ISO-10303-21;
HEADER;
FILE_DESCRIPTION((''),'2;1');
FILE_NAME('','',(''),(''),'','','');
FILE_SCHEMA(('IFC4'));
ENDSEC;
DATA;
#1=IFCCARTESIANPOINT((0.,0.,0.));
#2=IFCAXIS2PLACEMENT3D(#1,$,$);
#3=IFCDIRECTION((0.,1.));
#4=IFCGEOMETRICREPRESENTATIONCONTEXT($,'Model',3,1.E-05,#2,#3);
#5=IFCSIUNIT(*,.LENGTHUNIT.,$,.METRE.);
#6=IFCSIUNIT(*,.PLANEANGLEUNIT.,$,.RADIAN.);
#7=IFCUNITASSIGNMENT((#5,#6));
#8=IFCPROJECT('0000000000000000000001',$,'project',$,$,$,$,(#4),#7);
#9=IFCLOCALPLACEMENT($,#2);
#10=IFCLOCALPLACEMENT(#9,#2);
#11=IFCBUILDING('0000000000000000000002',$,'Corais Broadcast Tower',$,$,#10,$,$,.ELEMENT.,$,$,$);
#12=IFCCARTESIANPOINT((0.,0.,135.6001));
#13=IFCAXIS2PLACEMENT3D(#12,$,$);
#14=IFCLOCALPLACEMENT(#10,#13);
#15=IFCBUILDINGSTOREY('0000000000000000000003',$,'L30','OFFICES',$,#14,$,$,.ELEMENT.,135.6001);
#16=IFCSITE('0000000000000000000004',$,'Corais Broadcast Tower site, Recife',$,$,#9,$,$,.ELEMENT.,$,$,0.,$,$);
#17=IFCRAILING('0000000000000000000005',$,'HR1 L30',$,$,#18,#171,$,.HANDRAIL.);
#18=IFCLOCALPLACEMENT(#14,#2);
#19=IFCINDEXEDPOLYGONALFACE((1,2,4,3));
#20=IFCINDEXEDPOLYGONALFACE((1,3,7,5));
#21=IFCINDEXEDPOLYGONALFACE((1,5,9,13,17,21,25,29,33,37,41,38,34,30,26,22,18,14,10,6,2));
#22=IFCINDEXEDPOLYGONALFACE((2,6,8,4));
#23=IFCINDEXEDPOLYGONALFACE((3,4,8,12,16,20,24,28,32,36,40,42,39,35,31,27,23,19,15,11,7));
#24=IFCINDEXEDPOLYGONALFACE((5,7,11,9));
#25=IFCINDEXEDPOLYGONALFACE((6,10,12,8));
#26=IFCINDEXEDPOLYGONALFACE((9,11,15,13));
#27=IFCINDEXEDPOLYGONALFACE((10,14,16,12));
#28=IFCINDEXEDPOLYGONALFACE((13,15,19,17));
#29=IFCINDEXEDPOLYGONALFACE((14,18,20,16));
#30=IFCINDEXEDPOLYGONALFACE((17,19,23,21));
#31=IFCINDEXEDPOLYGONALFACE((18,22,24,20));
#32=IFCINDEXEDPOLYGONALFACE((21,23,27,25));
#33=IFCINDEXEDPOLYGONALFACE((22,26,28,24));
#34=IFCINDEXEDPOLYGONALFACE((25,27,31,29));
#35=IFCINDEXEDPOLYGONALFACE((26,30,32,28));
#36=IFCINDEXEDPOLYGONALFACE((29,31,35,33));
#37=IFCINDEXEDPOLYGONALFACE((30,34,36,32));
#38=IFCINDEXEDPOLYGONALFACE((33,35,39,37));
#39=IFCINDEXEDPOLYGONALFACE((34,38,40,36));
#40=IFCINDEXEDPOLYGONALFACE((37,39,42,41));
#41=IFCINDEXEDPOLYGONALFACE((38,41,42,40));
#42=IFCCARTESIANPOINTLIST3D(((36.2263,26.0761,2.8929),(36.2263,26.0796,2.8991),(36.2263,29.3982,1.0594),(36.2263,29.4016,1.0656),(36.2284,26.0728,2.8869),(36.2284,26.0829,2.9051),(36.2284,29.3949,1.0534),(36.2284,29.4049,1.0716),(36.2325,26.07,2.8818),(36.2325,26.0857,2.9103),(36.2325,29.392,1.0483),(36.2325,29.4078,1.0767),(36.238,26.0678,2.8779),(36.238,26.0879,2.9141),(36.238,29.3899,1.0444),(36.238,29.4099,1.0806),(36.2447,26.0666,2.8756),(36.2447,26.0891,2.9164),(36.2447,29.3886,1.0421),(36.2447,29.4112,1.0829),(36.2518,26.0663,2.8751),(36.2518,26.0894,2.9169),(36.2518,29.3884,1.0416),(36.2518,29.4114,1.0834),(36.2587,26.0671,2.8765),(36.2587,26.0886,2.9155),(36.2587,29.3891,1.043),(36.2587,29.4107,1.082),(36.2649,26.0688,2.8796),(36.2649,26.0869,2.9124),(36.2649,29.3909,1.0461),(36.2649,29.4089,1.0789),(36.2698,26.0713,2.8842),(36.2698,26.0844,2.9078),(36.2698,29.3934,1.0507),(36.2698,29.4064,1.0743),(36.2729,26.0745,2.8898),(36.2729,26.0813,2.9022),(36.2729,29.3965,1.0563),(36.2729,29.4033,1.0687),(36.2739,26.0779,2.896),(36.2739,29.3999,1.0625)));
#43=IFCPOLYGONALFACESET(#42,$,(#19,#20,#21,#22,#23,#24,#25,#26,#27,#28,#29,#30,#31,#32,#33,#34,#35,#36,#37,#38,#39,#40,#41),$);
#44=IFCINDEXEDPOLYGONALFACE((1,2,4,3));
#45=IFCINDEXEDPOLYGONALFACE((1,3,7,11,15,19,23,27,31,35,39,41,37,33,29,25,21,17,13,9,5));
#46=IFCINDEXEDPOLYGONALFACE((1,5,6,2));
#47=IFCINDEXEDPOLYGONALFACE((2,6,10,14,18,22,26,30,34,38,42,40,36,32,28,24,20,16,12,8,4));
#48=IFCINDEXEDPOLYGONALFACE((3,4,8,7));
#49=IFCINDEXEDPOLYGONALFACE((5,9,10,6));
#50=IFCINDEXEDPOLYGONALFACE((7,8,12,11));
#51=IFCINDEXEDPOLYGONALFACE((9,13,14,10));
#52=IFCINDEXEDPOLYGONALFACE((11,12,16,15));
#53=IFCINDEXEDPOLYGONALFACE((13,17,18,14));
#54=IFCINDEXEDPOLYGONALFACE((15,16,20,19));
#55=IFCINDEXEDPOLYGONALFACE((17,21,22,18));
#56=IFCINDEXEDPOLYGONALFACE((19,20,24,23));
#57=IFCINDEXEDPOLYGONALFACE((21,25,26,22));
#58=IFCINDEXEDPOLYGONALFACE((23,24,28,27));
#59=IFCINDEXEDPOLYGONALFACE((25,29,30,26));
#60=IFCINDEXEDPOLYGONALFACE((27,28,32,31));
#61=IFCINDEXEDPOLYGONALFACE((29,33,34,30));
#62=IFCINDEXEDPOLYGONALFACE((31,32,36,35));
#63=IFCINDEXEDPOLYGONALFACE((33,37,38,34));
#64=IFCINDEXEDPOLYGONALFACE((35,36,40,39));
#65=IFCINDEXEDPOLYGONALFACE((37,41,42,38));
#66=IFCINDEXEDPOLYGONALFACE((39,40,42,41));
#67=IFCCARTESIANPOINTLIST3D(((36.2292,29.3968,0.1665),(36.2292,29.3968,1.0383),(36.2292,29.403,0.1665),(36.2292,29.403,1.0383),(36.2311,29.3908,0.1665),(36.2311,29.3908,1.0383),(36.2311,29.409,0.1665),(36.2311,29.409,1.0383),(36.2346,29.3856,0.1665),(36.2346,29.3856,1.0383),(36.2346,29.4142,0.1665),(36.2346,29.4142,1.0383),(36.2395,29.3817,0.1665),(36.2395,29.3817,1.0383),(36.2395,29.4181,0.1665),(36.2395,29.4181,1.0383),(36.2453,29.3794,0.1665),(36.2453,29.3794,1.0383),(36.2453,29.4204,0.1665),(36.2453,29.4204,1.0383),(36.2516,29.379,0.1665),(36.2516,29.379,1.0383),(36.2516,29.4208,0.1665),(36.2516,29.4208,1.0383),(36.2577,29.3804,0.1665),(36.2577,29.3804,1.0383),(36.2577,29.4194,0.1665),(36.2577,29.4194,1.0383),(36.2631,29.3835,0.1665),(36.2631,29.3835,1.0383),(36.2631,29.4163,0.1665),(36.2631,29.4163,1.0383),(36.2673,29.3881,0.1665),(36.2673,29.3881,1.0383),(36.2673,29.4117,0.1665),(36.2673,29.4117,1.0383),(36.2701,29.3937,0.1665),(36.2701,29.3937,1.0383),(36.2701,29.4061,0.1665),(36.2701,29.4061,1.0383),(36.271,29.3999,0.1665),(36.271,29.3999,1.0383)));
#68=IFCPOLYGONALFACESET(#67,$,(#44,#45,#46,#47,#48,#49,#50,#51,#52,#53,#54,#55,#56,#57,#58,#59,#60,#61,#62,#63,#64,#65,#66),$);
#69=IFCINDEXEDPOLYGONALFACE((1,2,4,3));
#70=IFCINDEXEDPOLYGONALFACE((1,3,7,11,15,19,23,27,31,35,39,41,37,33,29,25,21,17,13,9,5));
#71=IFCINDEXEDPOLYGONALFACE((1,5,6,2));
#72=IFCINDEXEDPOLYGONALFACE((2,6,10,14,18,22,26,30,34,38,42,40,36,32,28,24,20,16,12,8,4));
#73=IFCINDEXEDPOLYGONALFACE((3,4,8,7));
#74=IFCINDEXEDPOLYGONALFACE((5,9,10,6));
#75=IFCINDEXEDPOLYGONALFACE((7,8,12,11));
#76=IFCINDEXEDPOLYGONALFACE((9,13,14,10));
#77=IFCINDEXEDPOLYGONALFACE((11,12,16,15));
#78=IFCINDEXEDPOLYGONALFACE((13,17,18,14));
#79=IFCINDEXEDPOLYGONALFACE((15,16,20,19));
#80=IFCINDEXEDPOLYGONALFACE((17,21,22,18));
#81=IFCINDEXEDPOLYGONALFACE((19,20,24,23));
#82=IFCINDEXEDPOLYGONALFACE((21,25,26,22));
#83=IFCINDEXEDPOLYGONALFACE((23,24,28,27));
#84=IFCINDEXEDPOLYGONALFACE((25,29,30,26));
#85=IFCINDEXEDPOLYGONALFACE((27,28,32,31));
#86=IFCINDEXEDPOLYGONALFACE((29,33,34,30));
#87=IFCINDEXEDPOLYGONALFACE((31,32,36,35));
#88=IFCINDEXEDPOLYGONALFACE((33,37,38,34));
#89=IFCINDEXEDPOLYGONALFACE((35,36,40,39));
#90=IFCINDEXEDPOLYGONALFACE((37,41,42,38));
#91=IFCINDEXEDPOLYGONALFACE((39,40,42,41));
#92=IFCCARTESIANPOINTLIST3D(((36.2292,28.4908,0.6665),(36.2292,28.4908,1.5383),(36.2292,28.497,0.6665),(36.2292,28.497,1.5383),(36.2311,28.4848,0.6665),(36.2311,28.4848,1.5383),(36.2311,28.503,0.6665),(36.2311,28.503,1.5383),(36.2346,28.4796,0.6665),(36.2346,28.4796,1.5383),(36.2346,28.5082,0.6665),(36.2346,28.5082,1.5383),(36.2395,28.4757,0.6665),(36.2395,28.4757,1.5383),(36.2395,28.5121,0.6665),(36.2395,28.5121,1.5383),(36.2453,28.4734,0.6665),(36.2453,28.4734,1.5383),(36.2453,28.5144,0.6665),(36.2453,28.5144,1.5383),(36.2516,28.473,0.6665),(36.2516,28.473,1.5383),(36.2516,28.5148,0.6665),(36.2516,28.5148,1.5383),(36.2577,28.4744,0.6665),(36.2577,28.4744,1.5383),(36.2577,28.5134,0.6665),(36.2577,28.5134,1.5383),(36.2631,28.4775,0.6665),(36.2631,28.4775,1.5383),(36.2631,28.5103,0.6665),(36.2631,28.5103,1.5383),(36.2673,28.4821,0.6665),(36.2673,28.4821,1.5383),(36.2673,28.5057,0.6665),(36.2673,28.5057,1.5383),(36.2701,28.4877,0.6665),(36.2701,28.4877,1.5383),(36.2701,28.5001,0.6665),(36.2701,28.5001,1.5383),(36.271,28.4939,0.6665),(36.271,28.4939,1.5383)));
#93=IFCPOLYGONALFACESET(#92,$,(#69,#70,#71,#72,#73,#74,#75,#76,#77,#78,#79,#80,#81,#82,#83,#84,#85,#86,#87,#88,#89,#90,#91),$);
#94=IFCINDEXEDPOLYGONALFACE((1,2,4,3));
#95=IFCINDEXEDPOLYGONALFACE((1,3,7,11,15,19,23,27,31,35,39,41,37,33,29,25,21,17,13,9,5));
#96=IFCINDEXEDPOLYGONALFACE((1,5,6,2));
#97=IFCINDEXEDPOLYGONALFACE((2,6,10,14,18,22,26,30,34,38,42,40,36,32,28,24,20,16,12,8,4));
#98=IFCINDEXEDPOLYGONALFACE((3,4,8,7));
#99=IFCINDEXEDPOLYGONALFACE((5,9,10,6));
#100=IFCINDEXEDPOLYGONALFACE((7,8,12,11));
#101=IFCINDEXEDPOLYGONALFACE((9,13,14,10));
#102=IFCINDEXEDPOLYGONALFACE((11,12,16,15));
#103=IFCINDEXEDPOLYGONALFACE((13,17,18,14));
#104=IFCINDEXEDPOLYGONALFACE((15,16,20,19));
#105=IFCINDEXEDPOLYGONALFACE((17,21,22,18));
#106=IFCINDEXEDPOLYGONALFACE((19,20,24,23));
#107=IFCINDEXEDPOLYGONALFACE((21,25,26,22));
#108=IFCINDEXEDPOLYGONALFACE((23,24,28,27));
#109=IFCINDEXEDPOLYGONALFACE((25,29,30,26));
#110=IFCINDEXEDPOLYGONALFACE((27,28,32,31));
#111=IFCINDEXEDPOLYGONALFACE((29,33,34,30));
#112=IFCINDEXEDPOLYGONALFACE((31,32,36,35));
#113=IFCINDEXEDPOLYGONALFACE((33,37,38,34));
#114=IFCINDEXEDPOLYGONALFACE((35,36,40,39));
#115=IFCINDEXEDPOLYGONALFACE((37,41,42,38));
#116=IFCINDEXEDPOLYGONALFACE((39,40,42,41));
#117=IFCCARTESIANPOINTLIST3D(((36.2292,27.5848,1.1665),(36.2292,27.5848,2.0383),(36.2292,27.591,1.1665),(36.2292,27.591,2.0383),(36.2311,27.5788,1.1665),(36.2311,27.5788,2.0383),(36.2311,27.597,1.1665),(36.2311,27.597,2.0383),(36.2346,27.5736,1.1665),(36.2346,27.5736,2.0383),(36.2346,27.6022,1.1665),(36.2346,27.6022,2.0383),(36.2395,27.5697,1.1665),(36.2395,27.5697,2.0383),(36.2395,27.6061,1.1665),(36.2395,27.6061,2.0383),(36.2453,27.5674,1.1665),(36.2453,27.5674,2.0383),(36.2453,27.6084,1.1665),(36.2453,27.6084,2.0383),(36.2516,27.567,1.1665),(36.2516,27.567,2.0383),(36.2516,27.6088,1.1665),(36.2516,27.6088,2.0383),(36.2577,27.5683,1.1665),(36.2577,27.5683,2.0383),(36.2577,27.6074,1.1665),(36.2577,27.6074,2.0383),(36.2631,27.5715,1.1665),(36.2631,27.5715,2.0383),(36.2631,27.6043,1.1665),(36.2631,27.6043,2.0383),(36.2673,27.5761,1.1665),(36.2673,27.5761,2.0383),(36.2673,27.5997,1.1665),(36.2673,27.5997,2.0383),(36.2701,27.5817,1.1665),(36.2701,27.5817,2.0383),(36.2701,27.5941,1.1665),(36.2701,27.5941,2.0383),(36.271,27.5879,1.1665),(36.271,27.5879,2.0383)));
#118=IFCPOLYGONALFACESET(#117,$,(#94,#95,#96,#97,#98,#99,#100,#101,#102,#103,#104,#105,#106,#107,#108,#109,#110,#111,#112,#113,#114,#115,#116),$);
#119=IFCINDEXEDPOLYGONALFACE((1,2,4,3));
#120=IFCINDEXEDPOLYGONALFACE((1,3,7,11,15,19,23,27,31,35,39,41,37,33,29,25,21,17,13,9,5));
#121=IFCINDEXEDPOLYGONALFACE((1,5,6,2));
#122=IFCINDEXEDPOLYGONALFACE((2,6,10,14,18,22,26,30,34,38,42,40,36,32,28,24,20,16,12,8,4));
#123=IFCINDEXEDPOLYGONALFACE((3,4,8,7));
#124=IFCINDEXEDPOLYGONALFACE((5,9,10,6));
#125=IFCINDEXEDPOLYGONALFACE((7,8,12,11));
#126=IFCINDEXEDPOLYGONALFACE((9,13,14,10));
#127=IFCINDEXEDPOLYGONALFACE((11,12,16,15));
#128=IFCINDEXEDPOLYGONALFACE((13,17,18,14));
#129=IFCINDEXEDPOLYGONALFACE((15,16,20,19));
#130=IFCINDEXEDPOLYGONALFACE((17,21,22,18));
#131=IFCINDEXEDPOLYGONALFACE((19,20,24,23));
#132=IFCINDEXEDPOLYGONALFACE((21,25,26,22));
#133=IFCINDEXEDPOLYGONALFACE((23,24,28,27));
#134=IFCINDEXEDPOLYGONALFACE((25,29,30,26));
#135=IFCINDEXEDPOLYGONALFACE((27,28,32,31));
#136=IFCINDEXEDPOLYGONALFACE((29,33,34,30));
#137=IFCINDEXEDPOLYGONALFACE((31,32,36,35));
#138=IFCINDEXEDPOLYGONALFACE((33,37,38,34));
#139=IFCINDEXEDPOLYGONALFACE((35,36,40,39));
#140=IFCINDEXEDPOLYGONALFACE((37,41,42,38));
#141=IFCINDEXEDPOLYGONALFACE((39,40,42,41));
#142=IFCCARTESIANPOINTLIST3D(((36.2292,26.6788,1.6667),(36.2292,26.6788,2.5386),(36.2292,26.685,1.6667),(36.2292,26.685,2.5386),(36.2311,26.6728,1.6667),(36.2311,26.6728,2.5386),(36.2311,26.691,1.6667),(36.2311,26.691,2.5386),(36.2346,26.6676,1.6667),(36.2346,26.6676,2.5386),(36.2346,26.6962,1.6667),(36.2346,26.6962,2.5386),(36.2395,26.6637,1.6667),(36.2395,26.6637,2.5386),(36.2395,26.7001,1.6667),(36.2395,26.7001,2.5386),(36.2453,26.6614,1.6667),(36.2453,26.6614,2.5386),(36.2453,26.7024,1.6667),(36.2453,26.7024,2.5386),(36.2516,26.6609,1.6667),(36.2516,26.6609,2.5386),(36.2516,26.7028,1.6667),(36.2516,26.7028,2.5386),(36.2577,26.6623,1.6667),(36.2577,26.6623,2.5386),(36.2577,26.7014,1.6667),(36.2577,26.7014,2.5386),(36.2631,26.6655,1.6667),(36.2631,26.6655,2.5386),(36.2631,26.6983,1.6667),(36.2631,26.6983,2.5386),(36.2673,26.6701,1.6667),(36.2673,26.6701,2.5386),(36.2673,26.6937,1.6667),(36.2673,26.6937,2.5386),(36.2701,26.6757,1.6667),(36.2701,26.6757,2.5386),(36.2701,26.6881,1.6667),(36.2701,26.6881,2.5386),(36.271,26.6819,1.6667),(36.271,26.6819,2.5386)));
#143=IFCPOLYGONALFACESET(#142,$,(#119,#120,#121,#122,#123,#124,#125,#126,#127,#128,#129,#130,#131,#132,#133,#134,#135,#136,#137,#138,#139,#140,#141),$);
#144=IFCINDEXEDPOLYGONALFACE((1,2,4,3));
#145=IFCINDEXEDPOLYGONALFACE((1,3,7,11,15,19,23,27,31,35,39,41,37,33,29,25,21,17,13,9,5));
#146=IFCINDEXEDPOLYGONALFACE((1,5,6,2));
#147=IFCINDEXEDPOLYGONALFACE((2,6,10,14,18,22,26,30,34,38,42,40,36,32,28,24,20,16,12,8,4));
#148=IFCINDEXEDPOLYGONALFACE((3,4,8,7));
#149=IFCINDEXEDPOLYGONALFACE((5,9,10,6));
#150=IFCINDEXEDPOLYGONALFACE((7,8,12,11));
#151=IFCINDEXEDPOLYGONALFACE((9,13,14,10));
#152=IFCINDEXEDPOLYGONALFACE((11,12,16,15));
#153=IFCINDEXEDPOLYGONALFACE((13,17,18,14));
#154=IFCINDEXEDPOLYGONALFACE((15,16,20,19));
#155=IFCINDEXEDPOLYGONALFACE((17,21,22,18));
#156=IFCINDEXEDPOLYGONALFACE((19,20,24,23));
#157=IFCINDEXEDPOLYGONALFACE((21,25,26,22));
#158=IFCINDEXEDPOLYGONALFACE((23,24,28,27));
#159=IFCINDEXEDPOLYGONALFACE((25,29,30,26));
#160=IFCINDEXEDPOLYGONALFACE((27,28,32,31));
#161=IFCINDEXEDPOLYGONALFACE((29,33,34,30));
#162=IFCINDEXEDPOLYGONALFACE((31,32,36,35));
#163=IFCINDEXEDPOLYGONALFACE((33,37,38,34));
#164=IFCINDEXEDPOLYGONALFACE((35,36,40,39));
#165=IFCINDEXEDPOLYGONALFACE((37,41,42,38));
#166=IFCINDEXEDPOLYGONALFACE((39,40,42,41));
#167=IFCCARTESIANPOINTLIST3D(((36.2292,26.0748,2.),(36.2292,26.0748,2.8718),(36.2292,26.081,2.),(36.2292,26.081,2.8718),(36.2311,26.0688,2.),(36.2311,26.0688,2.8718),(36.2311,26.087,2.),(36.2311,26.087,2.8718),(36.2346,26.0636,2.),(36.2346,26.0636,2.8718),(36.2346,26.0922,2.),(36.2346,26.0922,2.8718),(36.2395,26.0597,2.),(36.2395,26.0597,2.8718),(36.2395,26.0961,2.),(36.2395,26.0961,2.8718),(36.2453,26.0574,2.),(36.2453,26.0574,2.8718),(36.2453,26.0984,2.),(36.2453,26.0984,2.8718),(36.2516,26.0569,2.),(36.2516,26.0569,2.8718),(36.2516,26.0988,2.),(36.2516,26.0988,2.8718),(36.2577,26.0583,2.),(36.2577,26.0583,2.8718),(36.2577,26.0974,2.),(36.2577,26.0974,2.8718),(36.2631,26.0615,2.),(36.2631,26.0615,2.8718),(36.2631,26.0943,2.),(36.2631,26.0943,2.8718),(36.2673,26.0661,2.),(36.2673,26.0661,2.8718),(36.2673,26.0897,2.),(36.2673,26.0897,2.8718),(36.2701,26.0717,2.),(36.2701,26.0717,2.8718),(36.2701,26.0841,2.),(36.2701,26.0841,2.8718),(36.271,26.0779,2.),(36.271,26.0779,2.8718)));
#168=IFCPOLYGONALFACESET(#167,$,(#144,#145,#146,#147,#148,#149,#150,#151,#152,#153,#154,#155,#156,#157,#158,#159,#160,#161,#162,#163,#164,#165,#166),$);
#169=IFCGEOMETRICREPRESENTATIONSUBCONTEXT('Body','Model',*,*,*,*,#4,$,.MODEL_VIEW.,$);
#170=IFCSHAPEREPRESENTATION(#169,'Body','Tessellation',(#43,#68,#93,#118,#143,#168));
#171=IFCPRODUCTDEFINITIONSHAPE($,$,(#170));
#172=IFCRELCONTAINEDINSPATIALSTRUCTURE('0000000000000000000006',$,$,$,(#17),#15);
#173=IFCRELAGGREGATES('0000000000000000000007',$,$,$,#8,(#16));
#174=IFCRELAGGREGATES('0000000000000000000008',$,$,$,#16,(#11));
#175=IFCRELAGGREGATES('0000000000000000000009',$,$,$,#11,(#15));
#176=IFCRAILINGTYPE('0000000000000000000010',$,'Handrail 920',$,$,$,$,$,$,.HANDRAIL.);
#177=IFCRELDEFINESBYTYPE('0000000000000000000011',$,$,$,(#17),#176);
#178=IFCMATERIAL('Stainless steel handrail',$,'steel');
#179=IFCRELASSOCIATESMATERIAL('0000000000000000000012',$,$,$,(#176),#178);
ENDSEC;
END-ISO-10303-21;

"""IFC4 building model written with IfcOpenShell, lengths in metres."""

from ifc_helpers import new_model, si_unit, direction, frame, origin, origin_2d, place, context, subcontext, project, spatial, circle, extrude, material, type_object, element, save


model = new_model("IFC4")

# Units and contexts
model_context = context("Model", 3, precision=1e-05, world=origin(), true_north=direction((0.0, 1.0)))
body_context = subcontext(model_context, "Body", "Model", "MODEL_VIEW")
ifc_project = project(units=[si_unit("LENGTHUNIT", "METRE"), si_unit("PLANEANGLEUNIT", "RADIAN")], contexts=[model_context])

# Site, building, storey
site_placement = place(None, origin())
site = spatial("IfcSite", under=ifc_project, at=site_placement, Name="Corais Broadcast Tower site, Recife", CompositionType="ELEMENT", RefElevation=0.0)
building_placement = place(site_placement, origin())
building = spatial("IfcBuilding", under=site, at=building_placement, Name="Corais Broadcast Tower", CompositionType="ELEMENT")
storey_placement = place(building_placement, frame((0.0, 0.0, 135.6001)))
storey = spatial("IfcBuildingStorey", under=building, at=storey_placement, Name="L30", Description="OFFICES", CompositionType="ELEMENT", Elevation=135.6001)

# Railing
ifc_material_1 = material(Name="Stainless steel handrail", Category="steel")
railing_type = type_object("IfcRailingType", Name="Handrail 920", PredefinedType="HANDRAIL", material=ifc_material_1)
for number, where, name in (
    (1, (36.25, 29.3999, 0.1665), "HR1 L30"),
):
    element("IfcRailing", number, at=place(storey_placement, frame(where)), inside=storey, type_object=railing_type, Name=name, PredefinedType="HANDRAIL", context=body_context, shape_type="SweptSolid", body=[
        extrude(circle(Radius=0.0239, at=origin_2d()), frame((0.0, 0.0, 0.896), z_axis=(0.0, -0.875504, 0.48321), x_axis=(1.0, 0.0, 0.0)), (0.0, 0.0, 1.0), 3.7944),
        extrude(circle(Radius=0.021, at=origin_2d()), origin(), (0.0, 0.0, 1.0), 0.8718),
        extrude(circle(Radius=0.021, at=origin_2d()), frame((0.0, -0.906, 0.5)), (0.0, 0.0, 1.0), 0.8718),
        extrude(circle(Radius=0.021, at=origin_2d()), frame((0.0, -1.812, 1.0)), (0.0, 0.0, 1.0), 0.8718),
        extrude(circle(Radius=0.021, at=origin_2d()), frame((0.0, -2.718, 1.5002)), (0.0, 0.0, 1.0), 0.8718),
        extrude(circle(Radius=0.021, at=origin_2d()), frame((0.0, -3.322, 1.8335)), (0.0, 0.0, 1.0), 0.8718),
    ])

save(model, "model.ifc")
